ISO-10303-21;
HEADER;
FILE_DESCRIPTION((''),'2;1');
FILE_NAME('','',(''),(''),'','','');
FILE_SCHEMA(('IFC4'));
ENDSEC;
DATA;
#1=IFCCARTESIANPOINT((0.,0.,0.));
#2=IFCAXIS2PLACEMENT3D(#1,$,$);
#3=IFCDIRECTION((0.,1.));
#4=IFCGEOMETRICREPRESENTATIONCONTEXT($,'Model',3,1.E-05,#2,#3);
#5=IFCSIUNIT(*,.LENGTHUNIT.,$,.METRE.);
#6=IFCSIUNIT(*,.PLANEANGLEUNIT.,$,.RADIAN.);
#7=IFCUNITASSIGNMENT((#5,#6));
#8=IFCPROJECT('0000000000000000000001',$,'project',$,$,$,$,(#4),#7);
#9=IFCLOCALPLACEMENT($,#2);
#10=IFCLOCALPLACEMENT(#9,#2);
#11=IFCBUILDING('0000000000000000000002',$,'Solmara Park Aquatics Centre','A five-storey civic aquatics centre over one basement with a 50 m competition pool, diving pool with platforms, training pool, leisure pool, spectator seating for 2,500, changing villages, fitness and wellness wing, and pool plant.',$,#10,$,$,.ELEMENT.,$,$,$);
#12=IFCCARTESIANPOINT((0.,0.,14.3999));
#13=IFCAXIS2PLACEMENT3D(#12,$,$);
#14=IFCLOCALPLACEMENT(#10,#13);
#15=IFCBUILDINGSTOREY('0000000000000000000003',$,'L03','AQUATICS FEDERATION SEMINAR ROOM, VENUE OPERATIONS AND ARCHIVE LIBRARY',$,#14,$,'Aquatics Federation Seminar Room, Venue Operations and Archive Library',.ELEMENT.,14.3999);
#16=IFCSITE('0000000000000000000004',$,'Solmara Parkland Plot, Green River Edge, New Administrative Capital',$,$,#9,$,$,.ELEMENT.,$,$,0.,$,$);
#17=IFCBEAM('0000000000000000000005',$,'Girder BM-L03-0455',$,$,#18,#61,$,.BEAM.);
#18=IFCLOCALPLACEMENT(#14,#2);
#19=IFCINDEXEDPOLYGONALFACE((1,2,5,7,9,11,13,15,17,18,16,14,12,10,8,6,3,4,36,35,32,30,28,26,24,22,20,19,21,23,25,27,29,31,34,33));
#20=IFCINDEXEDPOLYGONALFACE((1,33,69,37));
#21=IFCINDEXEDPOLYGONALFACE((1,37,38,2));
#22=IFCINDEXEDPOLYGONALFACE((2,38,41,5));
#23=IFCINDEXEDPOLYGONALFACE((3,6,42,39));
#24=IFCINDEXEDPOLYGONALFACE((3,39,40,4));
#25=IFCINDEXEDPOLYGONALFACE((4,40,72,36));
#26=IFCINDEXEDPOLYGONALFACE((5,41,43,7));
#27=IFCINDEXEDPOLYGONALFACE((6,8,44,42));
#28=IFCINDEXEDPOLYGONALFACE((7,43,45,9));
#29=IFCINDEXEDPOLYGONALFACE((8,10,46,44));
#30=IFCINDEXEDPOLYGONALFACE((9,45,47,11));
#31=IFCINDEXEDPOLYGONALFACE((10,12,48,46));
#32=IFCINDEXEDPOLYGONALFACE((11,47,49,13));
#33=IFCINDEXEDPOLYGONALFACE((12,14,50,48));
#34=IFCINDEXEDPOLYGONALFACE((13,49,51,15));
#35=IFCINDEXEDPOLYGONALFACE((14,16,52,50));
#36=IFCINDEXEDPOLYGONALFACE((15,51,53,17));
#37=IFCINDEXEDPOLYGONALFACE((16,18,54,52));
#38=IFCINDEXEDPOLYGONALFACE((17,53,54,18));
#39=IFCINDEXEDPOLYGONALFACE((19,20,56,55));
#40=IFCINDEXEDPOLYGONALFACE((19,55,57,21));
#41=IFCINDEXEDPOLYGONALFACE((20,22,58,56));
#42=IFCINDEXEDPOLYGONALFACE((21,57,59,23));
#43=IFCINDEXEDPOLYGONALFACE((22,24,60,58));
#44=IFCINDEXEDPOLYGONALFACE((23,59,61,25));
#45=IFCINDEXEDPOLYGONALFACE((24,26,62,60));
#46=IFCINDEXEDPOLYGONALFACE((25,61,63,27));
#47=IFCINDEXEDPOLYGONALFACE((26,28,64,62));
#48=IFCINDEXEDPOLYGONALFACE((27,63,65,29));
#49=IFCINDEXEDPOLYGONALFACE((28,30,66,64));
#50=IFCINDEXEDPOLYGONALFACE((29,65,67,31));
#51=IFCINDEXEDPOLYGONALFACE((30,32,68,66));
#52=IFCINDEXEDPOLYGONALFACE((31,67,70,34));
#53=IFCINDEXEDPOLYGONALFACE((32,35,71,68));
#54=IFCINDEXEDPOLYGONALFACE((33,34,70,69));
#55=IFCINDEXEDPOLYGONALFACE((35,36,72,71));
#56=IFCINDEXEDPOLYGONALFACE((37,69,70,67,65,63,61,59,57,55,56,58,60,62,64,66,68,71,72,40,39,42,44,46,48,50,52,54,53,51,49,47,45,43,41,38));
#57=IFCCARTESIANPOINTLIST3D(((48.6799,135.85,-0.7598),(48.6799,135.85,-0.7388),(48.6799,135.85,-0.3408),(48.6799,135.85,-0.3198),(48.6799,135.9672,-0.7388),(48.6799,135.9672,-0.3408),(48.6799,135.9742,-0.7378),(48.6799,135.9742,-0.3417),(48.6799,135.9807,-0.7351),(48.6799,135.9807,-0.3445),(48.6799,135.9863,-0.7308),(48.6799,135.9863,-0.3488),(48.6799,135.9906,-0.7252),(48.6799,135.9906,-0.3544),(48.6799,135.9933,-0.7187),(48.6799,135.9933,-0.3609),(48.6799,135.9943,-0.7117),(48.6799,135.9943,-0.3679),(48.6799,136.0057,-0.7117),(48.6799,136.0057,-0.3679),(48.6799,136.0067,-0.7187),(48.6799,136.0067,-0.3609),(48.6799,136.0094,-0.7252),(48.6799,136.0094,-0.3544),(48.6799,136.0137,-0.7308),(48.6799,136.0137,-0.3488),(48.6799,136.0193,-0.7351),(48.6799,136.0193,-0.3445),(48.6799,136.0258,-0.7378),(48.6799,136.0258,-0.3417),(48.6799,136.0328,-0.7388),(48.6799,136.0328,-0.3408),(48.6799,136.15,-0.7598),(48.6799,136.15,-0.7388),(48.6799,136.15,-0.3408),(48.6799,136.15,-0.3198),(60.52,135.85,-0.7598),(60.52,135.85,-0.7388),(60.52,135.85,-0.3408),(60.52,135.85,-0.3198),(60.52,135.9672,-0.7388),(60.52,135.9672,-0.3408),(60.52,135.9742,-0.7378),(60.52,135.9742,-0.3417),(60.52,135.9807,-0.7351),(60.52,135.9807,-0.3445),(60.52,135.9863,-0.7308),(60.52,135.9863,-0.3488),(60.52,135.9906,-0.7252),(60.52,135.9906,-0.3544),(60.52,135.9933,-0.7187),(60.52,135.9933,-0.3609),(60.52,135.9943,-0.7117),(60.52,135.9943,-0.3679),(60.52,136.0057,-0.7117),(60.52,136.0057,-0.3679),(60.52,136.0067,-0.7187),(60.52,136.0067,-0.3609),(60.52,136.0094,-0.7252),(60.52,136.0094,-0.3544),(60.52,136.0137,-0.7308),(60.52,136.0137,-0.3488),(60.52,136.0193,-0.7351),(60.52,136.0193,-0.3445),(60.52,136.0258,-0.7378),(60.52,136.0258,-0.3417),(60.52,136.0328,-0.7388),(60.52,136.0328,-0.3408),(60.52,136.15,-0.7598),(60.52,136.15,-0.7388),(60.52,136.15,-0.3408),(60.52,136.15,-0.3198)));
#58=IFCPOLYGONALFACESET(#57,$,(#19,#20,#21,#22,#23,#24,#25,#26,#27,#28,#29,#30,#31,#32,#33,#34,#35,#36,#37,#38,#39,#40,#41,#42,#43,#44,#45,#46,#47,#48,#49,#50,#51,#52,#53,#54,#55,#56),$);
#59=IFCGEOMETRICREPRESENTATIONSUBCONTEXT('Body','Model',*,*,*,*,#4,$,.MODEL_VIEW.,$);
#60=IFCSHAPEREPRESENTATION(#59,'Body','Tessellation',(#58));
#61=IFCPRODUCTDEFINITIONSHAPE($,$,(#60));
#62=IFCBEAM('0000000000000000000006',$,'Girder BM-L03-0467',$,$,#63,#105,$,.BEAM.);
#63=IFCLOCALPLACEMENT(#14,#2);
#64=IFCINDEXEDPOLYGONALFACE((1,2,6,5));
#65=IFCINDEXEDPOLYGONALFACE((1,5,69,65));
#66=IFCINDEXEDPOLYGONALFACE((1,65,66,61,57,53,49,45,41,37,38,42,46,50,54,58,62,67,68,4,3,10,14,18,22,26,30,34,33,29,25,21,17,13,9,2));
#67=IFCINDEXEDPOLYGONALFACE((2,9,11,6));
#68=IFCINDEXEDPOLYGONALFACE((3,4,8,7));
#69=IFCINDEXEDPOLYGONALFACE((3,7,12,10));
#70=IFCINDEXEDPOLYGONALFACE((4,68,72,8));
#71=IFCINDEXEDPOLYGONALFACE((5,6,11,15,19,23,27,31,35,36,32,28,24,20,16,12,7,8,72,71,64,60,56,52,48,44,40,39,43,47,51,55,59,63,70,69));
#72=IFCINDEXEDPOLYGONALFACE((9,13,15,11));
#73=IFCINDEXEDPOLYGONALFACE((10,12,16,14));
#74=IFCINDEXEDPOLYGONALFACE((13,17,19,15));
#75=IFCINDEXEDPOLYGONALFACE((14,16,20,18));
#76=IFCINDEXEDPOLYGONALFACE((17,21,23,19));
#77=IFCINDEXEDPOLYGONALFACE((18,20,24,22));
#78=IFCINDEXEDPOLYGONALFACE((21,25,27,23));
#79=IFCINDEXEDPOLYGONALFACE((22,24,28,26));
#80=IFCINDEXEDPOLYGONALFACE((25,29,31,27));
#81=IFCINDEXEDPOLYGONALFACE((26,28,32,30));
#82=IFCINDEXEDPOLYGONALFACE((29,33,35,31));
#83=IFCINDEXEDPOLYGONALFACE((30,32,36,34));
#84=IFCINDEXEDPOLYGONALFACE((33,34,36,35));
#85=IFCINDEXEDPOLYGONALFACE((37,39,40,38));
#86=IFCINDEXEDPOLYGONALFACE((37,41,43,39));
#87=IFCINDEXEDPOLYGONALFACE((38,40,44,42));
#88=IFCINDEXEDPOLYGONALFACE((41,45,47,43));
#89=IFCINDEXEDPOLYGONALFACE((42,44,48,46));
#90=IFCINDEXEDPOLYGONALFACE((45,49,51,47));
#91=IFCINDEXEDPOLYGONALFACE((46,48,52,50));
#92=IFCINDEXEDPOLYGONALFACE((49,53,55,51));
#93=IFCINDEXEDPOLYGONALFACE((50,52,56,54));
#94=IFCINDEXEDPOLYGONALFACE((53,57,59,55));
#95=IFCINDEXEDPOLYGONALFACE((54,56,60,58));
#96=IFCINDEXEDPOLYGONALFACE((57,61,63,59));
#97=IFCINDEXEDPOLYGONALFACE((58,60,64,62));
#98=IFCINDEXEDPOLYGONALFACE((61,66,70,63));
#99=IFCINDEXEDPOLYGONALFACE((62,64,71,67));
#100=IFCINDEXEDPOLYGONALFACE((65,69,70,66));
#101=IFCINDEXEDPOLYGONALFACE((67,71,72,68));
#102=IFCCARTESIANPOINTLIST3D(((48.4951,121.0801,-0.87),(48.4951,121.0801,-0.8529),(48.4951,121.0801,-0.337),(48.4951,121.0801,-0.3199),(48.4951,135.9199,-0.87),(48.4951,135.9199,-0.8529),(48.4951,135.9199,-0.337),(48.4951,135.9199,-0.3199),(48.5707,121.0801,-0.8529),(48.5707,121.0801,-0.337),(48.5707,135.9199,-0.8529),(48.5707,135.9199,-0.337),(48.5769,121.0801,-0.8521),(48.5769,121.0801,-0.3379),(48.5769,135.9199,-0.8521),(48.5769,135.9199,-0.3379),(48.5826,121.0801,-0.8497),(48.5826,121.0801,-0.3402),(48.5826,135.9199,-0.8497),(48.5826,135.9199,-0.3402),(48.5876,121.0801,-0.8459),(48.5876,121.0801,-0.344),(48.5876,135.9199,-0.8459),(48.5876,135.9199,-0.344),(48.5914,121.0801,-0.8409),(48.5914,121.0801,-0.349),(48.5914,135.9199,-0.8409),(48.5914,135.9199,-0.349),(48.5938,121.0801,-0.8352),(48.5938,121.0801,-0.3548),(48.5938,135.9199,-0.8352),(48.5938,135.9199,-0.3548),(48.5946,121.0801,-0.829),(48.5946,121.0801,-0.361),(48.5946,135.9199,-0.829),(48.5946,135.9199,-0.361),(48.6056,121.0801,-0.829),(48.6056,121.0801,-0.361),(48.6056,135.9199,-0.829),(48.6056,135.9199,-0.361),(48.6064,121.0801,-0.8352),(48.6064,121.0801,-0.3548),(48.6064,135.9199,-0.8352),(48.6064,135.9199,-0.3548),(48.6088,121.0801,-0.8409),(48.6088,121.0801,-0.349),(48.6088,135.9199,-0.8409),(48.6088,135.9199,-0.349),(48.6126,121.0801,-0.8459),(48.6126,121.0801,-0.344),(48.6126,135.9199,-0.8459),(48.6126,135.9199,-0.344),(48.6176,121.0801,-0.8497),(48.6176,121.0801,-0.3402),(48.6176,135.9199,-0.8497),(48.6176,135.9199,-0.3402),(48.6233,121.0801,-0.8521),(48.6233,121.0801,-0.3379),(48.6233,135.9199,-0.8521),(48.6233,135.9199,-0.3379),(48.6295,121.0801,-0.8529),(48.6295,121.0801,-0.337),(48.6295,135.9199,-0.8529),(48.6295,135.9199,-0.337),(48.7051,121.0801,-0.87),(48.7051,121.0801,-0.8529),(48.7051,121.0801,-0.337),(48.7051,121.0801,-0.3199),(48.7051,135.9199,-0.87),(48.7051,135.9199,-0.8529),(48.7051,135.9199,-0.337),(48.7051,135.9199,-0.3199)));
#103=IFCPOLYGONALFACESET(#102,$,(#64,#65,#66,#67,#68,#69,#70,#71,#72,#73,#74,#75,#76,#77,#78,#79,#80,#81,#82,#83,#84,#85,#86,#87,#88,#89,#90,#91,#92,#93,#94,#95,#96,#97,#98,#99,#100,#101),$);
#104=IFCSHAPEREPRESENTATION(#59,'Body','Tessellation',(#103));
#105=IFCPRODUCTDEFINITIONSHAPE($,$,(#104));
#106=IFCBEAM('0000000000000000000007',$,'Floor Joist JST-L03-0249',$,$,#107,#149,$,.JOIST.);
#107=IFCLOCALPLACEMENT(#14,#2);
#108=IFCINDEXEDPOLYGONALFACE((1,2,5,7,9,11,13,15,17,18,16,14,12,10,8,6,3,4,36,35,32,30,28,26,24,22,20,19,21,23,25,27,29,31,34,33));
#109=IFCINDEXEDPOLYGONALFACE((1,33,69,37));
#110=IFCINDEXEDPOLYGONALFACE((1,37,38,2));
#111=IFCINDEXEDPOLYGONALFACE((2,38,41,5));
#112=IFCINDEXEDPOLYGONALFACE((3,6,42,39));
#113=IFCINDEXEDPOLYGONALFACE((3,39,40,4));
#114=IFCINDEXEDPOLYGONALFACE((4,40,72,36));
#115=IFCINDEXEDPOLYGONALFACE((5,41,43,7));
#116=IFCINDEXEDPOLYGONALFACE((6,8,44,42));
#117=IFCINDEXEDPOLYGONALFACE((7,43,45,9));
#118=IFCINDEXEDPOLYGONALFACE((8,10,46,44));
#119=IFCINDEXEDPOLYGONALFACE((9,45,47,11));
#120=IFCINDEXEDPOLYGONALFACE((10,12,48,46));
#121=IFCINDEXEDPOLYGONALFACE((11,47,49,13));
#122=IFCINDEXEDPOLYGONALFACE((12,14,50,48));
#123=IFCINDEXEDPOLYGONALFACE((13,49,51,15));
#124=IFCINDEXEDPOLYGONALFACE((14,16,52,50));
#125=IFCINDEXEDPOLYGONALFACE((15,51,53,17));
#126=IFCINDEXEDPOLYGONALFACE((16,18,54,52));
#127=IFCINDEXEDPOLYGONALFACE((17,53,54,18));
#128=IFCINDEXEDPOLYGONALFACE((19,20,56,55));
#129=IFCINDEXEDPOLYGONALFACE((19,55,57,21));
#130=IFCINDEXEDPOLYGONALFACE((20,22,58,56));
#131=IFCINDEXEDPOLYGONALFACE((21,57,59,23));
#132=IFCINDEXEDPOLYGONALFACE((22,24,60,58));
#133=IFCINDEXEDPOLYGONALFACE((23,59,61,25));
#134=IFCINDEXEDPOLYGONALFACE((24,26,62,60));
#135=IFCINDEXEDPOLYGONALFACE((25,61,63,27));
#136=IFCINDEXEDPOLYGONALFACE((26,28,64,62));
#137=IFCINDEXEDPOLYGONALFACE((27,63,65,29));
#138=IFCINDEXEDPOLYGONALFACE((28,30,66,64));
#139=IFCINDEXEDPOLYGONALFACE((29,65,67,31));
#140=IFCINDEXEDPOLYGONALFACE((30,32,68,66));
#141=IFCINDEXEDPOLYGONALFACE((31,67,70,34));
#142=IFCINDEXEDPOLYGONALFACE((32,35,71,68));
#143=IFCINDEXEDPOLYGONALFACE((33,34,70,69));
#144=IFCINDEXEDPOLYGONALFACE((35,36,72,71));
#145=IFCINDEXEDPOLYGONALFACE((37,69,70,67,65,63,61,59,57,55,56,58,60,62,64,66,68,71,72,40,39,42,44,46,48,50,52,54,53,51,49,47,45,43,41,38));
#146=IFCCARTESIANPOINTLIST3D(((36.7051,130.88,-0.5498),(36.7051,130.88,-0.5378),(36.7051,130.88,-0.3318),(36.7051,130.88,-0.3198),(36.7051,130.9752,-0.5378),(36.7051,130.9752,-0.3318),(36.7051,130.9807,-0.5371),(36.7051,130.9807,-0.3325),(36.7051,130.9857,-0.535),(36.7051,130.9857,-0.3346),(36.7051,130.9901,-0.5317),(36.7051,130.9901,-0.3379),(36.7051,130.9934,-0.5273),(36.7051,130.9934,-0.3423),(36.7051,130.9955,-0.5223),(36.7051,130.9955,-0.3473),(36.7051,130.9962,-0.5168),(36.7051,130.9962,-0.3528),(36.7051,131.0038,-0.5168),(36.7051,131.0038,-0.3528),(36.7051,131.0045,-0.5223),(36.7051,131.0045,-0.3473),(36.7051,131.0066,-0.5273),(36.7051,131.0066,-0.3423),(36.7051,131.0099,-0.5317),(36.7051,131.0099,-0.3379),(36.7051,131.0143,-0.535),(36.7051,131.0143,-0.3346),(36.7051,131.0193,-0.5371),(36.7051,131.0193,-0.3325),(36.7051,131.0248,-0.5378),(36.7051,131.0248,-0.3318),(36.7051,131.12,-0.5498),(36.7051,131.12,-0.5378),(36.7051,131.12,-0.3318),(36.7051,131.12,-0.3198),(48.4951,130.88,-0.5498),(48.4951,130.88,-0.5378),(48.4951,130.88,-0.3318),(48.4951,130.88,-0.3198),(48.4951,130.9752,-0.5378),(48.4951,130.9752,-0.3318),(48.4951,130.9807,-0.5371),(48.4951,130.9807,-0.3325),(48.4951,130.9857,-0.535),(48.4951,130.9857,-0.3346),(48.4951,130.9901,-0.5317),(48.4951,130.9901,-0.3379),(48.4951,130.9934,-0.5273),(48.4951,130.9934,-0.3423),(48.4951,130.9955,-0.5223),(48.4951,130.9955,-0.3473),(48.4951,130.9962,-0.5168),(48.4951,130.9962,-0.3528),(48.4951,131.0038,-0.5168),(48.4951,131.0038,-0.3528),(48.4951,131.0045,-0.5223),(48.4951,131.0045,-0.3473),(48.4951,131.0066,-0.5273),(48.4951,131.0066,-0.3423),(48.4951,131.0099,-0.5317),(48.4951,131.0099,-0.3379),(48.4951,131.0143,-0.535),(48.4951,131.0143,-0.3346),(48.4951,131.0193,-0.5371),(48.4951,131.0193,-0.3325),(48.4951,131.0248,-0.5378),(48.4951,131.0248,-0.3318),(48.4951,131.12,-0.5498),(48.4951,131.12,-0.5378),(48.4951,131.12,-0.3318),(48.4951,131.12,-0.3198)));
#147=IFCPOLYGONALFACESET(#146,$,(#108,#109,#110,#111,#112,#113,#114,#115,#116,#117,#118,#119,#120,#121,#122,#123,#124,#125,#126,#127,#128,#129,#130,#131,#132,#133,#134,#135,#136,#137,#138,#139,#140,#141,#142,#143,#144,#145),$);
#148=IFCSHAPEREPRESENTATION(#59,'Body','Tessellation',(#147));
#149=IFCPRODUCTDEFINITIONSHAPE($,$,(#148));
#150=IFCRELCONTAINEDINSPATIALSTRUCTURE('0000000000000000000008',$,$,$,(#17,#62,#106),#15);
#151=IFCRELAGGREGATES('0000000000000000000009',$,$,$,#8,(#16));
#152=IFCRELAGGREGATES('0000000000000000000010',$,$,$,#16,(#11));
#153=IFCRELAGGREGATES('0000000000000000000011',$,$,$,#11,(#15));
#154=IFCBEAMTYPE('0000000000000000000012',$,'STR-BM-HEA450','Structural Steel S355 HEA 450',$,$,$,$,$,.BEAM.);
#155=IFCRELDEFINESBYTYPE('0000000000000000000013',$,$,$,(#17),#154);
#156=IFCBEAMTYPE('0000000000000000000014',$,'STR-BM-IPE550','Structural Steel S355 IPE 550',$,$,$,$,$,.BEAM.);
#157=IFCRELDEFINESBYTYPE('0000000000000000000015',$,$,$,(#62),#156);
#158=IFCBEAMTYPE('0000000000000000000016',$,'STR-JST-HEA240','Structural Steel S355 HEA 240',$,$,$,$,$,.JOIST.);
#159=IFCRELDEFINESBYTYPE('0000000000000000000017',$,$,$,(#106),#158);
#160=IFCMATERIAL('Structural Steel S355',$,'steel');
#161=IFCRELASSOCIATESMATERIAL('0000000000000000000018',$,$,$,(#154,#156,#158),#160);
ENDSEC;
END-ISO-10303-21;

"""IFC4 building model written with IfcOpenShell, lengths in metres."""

from ifc_helpers import new_model, si_unit, direction, frame, origin, origin_2d, place, context, subcontext, project, spatial, i_section, extrude, material, material_profile, profile_set, type_object, element, save


model = new_model("IFC4")

# Units and contexts
model_context = context("Model", 3, precision=1e-05, world=origin(), true_north=direction((0.0, 1.0)))
body_context = subcontext(model_context, "Body", "Model", "MODEL_VIEW")
ifc_project = project(units=[si_unit("LENGTHUNIT", "METRE"), si_unit("PLANEANGLEUNIT", "RADIAN")], contexts=[model_context])

# Site, building, storey
site_placement = place(None, origin())
site = spatial("IfcSite", under=ifc_project, at=site_placement, Name="Solmara Parkland Plot, Green River Edge, New Administrative Capital", CompositionType="ELEMENT", RefElevation=0.0)
building_placement = place(site_placement, origin())
building = spatial("IfcBuilding", under=site, at=building_placement, Name="Solmara Park Aquatics Centre", Description="A five-storey civic aquatics centre over one basement with a 50 m competition pool, diving pool with platforms, training pool, leisure pool, spectator seating for 2,500, changing villages, fitness and wellness wing, and pool plant.", CompositionType="ELEMENT")
storey_placement = place(building_placement, frame((0.0, 0.0, 14.3999)))
storey = spatial("IfcBuildingStorey", under=building, at=storey_placement, Name="L03", Description="AQUATICS FEDERATION SEMINAR ROOM, VENUE OPERATIONS AND ARCHIVE LIBRARY", LongName="Aquatics Federation Seminar Room, Venue Operations and Archive Library", CompositionType="ELEMENT", Elevation=14.3999)

# Beams
ifc_material_1 = material(Name="Structural Steel S355", Category="steel")
ifc_material_profile_1 = material_profile(ifc_material_1, i_section(OverallWidth=0.3, OverallDepth=0.4399, WebThickness=0.0115, FlangeThickness=0.021, FilletRadius=0.0271, at=origin_2d()), Name="HEA 450")
ifc_profile_set_1 = profile_set([ifc_material_profile_1], Name="Structural Steel S355")
beam_type_1 = type_object("IfcBeamType", Name="STR-BM-HEA450", Description="Structural Steel S355 HEA 450", PredefinedType="BEAM", material=ifc_profile_set_1)
for number, where, z_axis, x_axis, name in (
    (1, (48.6799, 136.0, -0.5398), (1.0, 0.0, 0.0), (0.0, 1.0, 0.0), "Girder BM-L03-0455"),
):
    element("IfcBeam", number, at=place(storey_placement, frame(where, z_axis=z_axis, x_axis=x_axis)), inside=storey, type_object=beam_type_1, Name=name, PredefinedType="BEAM", context=body_context, shape_type="SweptSolid", body=[
        extrude(i_section(OverallWidth=0.3, OverallDepth=0.4399, WebThickness=0.0115, FlangeThickness=0.021, FilletRadius=0.0271, at=origin_2d()), origin(), (0.0, 0.0, 1.0), 11.8401),
    ])
ifc_material_profile_2 = material_profile(ifc_material_1, i_section(OverallWidth=0.21, OverallDepth=0.55, WebThickness=0.011, FlangeThickness=0.0171, FilletRadius=0.0239, at=origin_2d()), Name="IPE 550")
ifc_profile_set_2 = profile_set([ifc_material_profile_2], Name="Structural Steel S355")
beam_type_2 = type_object("IfcBeamType", Name="STR-BM-IPE550", Description="Structural Steel S355 IPE 550", PredefinedType="BEAM", material=ifc_profile_set_2)
beam_1_placement = place(storey_placement, frame((48.6001, 121.0801, -0.595), z_axis=(0.0, 1.0, 0.0), x_axis=(-1.0, 0.0, 0.0)))
element("IfcBeam", 2, at=beam_1_placement, inside=storey, type_object=beam_type_2, Name="Girder BM-L03-0467", PredefinedType="BEAM", context=body_context, shape_type="SweptSolid", body=[
    extrude(i_section(OverallWidth=0.21, OverallDepth=0.55, WebThickness=0.011, FlangeThickness=0.0171, FilletRadius=0.0239, at=origin_2d()), origin(), (0.0, 0.0, 1.0), 14.8398),
])
ifc_material_profile_3 = material_profile(ifc_material_1, i_section(OverallWidth=0.24, OverallDepth=0.23, WebThickness=0.0076, FlangeThickness=0.012, FilletRadius=0.021, at=origin_2d()), Name="HEA 240")
ifc_profile_set_3 = profile_set([ifc_material_profile_3], Name="Structural Steel S355")
beam_type_3 = type_object("IfcBeamType", Name="STR-JST-HEA240", Description="Structural Steel S355 HEA 240", PredefinedType="JOIST", material=ifc_profile_set_3)
beam_2_placement = place(storey_placement, frame((36.7051, 131.0, -0.4348), z_axis=(1.0, 0.0, 0.0), x_axis=(0.0, 1.0, 0.0)))
element("IfcBeam", 3, at=beam_2_placement, inside=storey, type_object=beam_type_3, Name="Floor Joist JST-L03-0249", PredefinedType="JOIST", context=body_context, shape_type="SweptSolid", body=[
    extrude(i_section(OverallWidth=0.24, OverallDepth=0.23, WebThickness=0.0076, FlangeThickness=0.012, FilletRadius=0.021, at=origin_2d()), origin(), (0.0, 0.0, 1.0), 11.79),
])

save(model, "model.ifc")
